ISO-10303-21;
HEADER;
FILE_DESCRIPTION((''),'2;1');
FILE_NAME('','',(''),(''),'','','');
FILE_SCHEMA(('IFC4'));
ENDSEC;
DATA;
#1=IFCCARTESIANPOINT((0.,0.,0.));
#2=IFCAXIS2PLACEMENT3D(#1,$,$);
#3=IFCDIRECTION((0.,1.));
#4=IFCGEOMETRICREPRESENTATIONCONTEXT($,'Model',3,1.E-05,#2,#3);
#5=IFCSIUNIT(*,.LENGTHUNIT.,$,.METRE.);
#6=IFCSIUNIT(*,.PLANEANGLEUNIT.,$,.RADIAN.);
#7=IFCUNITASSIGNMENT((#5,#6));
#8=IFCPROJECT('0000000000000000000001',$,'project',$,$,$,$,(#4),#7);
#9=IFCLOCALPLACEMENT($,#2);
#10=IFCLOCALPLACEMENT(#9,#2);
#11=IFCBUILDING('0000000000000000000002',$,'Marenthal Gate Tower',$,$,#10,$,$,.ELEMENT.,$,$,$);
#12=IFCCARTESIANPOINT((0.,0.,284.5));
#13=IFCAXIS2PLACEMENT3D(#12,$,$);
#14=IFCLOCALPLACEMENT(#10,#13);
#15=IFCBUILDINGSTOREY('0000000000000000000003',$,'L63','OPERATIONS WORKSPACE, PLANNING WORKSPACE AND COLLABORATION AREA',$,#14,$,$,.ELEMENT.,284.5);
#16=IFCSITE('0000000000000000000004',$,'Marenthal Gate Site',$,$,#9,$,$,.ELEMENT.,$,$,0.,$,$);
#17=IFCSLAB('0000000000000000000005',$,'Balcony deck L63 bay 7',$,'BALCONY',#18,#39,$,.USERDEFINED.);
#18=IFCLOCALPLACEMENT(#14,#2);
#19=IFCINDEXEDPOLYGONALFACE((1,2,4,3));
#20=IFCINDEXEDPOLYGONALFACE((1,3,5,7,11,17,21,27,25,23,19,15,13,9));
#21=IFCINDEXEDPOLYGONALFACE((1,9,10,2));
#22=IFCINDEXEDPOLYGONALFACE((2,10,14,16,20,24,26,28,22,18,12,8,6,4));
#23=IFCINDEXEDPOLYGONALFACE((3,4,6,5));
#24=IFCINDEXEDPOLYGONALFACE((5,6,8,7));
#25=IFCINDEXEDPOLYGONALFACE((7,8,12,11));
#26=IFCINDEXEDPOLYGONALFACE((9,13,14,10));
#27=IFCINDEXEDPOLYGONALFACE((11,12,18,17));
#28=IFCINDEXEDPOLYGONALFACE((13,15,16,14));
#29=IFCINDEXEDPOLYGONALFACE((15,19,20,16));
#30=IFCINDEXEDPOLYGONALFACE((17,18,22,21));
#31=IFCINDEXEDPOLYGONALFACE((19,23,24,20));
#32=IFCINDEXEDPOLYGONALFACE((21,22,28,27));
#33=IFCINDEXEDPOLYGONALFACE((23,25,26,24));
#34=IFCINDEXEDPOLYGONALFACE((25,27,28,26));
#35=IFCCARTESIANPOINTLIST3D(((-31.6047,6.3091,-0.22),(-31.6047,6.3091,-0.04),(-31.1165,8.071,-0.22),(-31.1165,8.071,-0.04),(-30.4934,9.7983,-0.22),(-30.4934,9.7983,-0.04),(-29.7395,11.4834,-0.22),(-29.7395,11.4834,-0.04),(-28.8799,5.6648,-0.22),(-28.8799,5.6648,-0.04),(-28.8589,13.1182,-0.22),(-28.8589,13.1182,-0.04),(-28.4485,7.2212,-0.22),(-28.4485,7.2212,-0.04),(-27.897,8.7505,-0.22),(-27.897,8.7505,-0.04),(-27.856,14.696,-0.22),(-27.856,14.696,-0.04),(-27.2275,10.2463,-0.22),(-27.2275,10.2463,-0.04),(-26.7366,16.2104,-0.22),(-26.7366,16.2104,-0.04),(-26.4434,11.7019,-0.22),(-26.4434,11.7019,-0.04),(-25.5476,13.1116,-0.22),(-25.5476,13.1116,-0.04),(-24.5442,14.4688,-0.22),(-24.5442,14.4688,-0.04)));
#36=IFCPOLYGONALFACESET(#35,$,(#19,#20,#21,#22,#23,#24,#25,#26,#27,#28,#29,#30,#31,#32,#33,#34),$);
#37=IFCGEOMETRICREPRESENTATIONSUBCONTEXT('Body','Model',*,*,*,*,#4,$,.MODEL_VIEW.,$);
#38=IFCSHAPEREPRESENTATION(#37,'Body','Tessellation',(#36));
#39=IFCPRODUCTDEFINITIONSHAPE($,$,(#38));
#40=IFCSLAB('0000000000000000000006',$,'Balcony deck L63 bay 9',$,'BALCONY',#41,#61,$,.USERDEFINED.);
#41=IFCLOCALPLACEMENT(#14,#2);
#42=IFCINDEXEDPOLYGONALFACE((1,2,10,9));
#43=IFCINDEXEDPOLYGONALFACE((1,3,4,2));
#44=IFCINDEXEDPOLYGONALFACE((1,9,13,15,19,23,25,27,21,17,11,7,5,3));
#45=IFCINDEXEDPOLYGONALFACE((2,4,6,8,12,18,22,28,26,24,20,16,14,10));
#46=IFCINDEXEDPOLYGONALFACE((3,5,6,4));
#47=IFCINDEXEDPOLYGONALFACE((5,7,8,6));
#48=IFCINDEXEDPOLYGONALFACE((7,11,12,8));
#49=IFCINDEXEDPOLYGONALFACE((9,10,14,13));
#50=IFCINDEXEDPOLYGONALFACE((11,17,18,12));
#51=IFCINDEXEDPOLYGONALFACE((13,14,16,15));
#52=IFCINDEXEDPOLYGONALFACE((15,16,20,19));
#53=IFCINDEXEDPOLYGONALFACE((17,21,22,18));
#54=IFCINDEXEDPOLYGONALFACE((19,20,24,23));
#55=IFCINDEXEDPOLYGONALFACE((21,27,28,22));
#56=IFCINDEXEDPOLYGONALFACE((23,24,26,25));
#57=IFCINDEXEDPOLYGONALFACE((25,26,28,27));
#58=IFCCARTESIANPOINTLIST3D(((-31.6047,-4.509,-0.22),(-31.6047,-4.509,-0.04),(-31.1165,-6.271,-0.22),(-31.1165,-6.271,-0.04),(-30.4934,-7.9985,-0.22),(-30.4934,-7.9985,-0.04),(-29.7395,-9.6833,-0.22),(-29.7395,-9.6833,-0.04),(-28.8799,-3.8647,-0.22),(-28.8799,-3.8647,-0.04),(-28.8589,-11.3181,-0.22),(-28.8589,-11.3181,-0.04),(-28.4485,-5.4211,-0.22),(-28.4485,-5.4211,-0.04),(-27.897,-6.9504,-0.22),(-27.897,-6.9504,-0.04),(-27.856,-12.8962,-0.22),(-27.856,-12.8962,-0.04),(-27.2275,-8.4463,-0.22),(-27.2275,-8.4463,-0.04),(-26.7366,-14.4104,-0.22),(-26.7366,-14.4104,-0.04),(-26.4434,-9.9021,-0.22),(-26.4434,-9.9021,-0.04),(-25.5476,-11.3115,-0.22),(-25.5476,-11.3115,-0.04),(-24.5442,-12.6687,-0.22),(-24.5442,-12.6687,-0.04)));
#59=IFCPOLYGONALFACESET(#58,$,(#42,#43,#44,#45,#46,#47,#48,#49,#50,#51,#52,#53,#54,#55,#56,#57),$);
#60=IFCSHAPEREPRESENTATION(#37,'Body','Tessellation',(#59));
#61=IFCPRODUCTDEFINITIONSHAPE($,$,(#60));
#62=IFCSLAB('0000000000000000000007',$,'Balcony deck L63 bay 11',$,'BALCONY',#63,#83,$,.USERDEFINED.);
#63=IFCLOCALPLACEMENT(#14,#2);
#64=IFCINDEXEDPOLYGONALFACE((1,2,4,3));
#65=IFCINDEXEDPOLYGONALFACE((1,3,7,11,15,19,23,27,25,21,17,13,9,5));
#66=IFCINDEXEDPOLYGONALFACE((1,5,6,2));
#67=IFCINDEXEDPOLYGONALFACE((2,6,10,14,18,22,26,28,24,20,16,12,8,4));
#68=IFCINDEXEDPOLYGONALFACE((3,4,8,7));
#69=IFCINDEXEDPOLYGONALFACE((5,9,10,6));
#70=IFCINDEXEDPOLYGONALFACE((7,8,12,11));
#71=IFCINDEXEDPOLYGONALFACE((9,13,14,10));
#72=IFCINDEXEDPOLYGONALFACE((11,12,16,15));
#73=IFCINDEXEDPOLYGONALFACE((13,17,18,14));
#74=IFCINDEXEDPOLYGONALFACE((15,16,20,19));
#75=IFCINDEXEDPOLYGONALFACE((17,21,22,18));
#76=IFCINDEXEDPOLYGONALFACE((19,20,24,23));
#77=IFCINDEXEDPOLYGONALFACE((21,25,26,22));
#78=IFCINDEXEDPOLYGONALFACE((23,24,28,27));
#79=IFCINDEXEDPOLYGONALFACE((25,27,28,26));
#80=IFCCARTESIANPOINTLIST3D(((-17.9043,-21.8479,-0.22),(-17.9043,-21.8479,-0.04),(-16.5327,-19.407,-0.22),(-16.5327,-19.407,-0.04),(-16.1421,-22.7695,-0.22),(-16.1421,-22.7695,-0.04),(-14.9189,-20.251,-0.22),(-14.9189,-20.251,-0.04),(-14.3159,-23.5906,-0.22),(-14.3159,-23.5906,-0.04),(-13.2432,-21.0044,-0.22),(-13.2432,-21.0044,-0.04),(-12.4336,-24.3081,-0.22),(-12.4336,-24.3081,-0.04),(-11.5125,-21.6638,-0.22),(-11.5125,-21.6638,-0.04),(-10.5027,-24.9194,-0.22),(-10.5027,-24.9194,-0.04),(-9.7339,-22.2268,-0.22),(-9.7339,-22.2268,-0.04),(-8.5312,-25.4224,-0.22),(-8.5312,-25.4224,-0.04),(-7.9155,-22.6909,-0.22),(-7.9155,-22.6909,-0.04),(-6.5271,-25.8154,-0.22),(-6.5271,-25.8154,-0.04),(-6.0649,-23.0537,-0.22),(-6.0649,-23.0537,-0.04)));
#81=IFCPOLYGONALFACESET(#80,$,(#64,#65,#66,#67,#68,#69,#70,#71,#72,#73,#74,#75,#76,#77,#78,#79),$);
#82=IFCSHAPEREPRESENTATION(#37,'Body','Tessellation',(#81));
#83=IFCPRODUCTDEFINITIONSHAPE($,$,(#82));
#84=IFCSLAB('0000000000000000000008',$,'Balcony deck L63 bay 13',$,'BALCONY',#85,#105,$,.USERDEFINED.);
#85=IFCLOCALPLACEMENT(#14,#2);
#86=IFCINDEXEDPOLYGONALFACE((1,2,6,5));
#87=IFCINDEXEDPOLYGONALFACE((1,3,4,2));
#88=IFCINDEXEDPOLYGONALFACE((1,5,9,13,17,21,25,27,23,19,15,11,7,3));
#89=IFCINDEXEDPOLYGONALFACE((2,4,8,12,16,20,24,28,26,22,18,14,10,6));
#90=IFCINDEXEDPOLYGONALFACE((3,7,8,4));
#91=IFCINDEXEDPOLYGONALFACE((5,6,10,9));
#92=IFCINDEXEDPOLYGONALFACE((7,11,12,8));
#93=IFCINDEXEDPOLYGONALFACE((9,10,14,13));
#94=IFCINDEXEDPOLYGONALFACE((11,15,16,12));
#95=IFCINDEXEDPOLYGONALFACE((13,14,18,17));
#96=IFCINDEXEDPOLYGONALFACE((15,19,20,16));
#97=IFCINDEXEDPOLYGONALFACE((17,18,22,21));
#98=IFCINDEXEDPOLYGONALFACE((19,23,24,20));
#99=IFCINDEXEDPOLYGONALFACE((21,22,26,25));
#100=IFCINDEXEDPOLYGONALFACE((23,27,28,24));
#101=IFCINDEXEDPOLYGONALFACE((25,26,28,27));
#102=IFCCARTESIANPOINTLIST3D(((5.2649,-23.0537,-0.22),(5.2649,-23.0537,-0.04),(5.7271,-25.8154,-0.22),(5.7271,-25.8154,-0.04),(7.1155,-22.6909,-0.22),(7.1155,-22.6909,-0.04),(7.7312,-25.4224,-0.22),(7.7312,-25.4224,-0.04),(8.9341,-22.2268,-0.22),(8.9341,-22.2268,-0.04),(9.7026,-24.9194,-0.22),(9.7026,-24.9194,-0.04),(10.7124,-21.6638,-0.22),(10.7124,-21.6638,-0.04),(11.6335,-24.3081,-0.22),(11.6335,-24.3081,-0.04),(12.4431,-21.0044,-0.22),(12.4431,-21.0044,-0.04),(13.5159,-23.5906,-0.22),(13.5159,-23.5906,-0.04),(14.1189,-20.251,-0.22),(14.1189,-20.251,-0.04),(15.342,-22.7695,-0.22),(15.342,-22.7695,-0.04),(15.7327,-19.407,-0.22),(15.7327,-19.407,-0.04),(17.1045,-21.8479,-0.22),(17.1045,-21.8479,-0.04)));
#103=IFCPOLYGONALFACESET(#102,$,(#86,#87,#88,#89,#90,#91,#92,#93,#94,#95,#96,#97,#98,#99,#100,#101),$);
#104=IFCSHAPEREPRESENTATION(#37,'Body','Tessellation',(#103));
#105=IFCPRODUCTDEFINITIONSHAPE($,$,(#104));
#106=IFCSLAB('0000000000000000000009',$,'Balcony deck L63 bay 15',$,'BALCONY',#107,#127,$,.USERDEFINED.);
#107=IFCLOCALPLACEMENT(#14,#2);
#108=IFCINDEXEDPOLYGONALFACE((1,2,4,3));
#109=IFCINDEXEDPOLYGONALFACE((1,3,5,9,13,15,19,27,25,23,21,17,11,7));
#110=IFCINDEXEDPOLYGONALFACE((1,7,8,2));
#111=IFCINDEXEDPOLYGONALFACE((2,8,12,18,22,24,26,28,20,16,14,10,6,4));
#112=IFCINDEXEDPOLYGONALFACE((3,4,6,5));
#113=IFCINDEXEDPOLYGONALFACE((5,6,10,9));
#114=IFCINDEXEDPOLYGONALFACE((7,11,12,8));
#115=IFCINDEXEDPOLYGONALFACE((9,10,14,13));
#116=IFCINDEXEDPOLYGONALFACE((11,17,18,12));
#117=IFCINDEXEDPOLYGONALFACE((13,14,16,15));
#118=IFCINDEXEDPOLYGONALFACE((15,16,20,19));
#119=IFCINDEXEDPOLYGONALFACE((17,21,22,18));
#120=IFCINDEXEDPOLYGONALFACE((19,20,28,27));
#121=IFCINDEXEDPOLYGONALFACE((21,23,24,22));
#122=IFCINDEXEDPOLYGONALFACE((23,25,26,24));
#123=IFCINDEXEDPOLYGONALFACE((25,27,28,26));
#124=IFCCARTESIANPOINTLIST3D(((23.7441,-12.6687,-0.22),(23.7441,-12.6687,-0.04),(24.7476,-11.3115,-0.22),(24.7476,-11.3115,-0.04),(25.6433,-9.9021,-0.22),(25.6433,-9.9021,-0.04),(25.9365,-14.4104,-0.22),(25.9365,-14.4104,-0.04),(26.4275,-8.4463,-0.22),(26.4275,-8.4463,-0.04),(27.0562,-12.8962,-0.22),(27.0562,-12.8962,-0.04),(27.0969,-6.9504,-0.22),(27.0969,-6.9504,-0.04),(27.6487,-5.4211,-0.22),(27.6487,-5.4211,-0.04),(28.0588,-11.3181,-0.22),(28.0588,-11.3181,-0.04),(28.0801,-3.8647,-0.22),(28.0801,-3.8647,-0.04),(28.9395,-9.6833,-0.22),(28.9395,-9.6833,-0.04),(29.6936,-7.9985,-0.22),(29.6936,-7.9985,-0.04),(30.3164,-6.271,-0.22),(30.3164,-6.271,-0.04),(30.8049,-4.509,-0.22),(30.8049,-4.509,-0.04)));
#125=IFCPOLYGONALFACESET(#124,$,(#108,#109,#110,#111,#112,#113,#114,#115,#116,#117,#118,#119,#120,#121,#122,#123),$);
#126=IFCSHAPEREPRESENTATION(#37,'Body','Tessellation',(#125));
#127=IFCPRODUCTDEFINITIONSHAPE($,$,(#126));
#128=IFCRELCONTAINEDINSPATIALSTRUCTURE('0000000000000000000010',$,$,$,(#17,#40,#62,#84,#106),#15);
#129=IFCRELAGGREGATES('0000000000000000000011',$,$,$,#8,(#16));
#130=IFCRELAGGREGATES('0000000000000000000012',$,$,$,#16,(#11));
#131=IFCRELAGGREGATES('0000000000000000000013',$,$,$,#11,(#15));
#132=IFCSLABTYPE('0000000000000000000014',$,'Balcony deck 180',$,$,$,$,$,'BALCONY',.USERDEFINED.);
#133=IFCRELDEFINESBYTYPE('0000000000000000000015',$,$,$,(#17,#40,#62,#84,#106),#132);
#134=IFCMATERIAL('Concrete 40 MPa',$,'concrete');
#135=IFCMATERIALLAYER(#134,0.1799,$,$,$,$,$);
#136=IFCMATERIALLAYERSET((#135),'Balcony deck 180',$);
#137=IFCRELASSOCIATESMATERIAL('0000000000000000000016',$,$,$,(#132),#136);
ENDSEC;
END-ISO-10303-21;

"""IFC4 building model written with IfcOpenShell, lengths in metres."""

from ifc_helpers import new_model, si_unit, direction, frame, origin, place, context, subcontext, project, spatial, polyline, outline, extrude, material, layer, layer_set, type_object, element, save


model = new_model("IFC4")

# Units and contexts
model_context = context("Model", 3, precision=1e-05, world=origin(), true_north=direction((0.0, 1.0)))
body_context = subcontext(model_context, "Body", "Model", "MODEL_VIEW")
ifc_project = project(units=[si_unit("LENGTHUNIT", "METRE"), si_unit("PLANEANGLEUNIT", "RADIAN")], contexts=[model_context])

# Site, building, storey
site_placement = place(None, origin())
site = spatial("IfcSite", under=ifc_project, at=site_placement, Name="Marenthal Gate Site", CompositionType="ELEMENT", RefElevation=0.0)
building_placement = place(site_placement, origin())
building = spatial("IfcBuilding", under=site, at=building_placement, Name="Marenthal Gate Tower", CompositionType="ELEMENT")
storey_placement = place(building_placement, frame((0.0, 0.0, 284.5)))
storey = spatial("IfcBuildingStorey", under=building, at=storey_placement, Name="L63", Description="OPERATIONS WORKSPACE, PLANNING WORKSPACE AND COLLABORATION AREA", CompositionType="ELEMENT", Elevation=284.5)

# Slabs
ifc_material_1 = material(Name="Concrete 40 MPa", Category="concrete")
ifc_layer_1 = layer(ifc_material_1, 0.1799)
ifc_layer_set_1 = layer_set([ifc_layer_1], Name="Balcony deck 180")
slab_type_1 = type_object("IfcSlabType", Name="Balcony deck 180", ElementType="BALCONY", PredefinedType="USERDEFINED", material=ifc_layer_set_1)
slab_1_placement = place(storey_placement, frame((0.0, 0.0, -0.22)))
element("IfcSlab", 1, at=slab_1_placement, inside=storey, type_object=slab_type_1, Name="Balcony deck L63 bay 7", ObjectType="BALCONY", PredefinedType="USERDEFINED", context=body_context, shape_type="SweptSolid", body=[
    extrude(outline(polyline([(-24.5442, 14.4688), (-25.5476, 13.1116), (-26.4434, 11.7019), (-27.2275, 10.2463), (-27.897, 8.7505), (-28.4485, 7.2212), (-28.8799, 5.6648), (-31.6047, 6.3091), (-31.1165, 8.071), (-30.4934, 9.7983), (-29.7395, 11.4834), (-28.8589, 13.1182), (-27.856, 14.696), (-26.7366, 16.2104), (-24.5442, 14.4688)])), origin(), (0.0, 0.0, 1.0), 0.1799),
])
slab_2_placement = place(storey_placement, frame((0.0, 0.0, -0.22)))
element("IfcSlab", 2, at=slab_2_placement, inside=storey, type_object=slab_type_1, Name="Balcony deck L63 bay 9", ObjectType="BALCONY", PredefinedType="USERDEFINED", context=body_context, shape_type="SweptSolid", body=[
    extrude(outline(polyline([(-28.8799, -3.8647), (-28.4485, -5.4211), (-27.897, -6.9504), (-27.2275, -8.4463), (-26.4434, -9.9021), (-25.5476, -11.3115), (-24.5442, -12.6687), (-26.7366, -14.4104), (-27.856, -12.8962), (-28.8589, -11.3181), (-29.7395, -9.6833), (-30.4934, -7.9985), (-31.1165, -6.271), (-31.6047, -4.509), (-28.8799, -3.8647)])), origin(), (0.0, 0.0, 1.0), 0.1799),
])
slab_3_placement = place(storey_placement, frame((0.0, 0.0, -0.22)))
element("IfcSlab", 3, at=slab_3_placement, inside=storey, type_object=slab_type_1, Name="Balcony deck L63 bay 11", ObjectType="BALCONY", PredefinedType="USERDEFINED", context=body_context, shape_type="SweptSolid", body=[
    extrude(outline(polyline([(-16.5327, -19.407), (-14.9189, -20.251), (-13.2432, -21.0044), (-11.5125, -21.6638), (-9.7339, -22.2268), (-7.9155, -22.6909), (-6.0649, -23.0537), (-6.5271, -25.8154), (-8.5312, -25.4224), (-10.5027, -24.9194), (-12.4336, -24.3081), (-14.3159, -23.5906), (-16.1421, -22.7695), (-17.9043, -21.8479), (-16.5327, -19.407)])), origin(), (0.0, 0.0, 1.0), 0.1799),
])
slab_4_placement = place(storey_placement, frame((0.0, 0.0, -0.22)))
element("IfcSlab", 4, at=slab_4_placement, inside=storey, type_object=slab_type_1, Name="Balcony deck L63 bay 13", ObjectType="BALCONY", PredefinedType="USERDEFINED", context=body_context, shape_type="SweptSolid", body=[
    extrude(outline(polyline([(5.2649, -23.0537), (7.1155, -22.6909), (8.9341, -22.2268), (10.7124, -21.6638), (12.4431, -21.0044), (14.1189, -20.251), (15.7327, -19.407), (17.1045, -21.8479), (15.342, -22.7695), (13.5159, -23.5906), (11.6335, -24.3081), (9.7026, -24.9194), (7.7312, -25.4224), (5.7271, -25.8154), (5.2649, -23.0537)])), origin(), (0.0, 0.0, 1.0), 0.1799),
])
slab_5_placement = place(storey_placement, frame((0.0, 0.0, -0.22)))
element("IfcSlab", 5, at=slab_5_placement, inside=storey, type_object=slab_type_1, Name="Balcony deck L63 bay 15", ObjectType="BALCONY", PredefinedType="USERDEFINED", context=body_context, shape_type="SweptSolid", body=[
    extrude(outline(polyline([(23.7441, -12.6687), (24.7476, -11.3115), (25.6433, -9.9021), (26.4275, -8.4463), (27.0969, -6.9504), (27.6487, -5.4211), (28.0801, -3.8647), (30.8049, -4.509), (30.3164, -6.271), (29.6936, -7.9985), (28.9395, -9.6833), (28.0588, -11.3181), (27.0562, -12.8962), (25.9365, -14.4104), (23.7441, -12.6687)])), origin(), (0.0, 0.0, 1.0), 0.1799),
])

save(model, "model.ifc")
